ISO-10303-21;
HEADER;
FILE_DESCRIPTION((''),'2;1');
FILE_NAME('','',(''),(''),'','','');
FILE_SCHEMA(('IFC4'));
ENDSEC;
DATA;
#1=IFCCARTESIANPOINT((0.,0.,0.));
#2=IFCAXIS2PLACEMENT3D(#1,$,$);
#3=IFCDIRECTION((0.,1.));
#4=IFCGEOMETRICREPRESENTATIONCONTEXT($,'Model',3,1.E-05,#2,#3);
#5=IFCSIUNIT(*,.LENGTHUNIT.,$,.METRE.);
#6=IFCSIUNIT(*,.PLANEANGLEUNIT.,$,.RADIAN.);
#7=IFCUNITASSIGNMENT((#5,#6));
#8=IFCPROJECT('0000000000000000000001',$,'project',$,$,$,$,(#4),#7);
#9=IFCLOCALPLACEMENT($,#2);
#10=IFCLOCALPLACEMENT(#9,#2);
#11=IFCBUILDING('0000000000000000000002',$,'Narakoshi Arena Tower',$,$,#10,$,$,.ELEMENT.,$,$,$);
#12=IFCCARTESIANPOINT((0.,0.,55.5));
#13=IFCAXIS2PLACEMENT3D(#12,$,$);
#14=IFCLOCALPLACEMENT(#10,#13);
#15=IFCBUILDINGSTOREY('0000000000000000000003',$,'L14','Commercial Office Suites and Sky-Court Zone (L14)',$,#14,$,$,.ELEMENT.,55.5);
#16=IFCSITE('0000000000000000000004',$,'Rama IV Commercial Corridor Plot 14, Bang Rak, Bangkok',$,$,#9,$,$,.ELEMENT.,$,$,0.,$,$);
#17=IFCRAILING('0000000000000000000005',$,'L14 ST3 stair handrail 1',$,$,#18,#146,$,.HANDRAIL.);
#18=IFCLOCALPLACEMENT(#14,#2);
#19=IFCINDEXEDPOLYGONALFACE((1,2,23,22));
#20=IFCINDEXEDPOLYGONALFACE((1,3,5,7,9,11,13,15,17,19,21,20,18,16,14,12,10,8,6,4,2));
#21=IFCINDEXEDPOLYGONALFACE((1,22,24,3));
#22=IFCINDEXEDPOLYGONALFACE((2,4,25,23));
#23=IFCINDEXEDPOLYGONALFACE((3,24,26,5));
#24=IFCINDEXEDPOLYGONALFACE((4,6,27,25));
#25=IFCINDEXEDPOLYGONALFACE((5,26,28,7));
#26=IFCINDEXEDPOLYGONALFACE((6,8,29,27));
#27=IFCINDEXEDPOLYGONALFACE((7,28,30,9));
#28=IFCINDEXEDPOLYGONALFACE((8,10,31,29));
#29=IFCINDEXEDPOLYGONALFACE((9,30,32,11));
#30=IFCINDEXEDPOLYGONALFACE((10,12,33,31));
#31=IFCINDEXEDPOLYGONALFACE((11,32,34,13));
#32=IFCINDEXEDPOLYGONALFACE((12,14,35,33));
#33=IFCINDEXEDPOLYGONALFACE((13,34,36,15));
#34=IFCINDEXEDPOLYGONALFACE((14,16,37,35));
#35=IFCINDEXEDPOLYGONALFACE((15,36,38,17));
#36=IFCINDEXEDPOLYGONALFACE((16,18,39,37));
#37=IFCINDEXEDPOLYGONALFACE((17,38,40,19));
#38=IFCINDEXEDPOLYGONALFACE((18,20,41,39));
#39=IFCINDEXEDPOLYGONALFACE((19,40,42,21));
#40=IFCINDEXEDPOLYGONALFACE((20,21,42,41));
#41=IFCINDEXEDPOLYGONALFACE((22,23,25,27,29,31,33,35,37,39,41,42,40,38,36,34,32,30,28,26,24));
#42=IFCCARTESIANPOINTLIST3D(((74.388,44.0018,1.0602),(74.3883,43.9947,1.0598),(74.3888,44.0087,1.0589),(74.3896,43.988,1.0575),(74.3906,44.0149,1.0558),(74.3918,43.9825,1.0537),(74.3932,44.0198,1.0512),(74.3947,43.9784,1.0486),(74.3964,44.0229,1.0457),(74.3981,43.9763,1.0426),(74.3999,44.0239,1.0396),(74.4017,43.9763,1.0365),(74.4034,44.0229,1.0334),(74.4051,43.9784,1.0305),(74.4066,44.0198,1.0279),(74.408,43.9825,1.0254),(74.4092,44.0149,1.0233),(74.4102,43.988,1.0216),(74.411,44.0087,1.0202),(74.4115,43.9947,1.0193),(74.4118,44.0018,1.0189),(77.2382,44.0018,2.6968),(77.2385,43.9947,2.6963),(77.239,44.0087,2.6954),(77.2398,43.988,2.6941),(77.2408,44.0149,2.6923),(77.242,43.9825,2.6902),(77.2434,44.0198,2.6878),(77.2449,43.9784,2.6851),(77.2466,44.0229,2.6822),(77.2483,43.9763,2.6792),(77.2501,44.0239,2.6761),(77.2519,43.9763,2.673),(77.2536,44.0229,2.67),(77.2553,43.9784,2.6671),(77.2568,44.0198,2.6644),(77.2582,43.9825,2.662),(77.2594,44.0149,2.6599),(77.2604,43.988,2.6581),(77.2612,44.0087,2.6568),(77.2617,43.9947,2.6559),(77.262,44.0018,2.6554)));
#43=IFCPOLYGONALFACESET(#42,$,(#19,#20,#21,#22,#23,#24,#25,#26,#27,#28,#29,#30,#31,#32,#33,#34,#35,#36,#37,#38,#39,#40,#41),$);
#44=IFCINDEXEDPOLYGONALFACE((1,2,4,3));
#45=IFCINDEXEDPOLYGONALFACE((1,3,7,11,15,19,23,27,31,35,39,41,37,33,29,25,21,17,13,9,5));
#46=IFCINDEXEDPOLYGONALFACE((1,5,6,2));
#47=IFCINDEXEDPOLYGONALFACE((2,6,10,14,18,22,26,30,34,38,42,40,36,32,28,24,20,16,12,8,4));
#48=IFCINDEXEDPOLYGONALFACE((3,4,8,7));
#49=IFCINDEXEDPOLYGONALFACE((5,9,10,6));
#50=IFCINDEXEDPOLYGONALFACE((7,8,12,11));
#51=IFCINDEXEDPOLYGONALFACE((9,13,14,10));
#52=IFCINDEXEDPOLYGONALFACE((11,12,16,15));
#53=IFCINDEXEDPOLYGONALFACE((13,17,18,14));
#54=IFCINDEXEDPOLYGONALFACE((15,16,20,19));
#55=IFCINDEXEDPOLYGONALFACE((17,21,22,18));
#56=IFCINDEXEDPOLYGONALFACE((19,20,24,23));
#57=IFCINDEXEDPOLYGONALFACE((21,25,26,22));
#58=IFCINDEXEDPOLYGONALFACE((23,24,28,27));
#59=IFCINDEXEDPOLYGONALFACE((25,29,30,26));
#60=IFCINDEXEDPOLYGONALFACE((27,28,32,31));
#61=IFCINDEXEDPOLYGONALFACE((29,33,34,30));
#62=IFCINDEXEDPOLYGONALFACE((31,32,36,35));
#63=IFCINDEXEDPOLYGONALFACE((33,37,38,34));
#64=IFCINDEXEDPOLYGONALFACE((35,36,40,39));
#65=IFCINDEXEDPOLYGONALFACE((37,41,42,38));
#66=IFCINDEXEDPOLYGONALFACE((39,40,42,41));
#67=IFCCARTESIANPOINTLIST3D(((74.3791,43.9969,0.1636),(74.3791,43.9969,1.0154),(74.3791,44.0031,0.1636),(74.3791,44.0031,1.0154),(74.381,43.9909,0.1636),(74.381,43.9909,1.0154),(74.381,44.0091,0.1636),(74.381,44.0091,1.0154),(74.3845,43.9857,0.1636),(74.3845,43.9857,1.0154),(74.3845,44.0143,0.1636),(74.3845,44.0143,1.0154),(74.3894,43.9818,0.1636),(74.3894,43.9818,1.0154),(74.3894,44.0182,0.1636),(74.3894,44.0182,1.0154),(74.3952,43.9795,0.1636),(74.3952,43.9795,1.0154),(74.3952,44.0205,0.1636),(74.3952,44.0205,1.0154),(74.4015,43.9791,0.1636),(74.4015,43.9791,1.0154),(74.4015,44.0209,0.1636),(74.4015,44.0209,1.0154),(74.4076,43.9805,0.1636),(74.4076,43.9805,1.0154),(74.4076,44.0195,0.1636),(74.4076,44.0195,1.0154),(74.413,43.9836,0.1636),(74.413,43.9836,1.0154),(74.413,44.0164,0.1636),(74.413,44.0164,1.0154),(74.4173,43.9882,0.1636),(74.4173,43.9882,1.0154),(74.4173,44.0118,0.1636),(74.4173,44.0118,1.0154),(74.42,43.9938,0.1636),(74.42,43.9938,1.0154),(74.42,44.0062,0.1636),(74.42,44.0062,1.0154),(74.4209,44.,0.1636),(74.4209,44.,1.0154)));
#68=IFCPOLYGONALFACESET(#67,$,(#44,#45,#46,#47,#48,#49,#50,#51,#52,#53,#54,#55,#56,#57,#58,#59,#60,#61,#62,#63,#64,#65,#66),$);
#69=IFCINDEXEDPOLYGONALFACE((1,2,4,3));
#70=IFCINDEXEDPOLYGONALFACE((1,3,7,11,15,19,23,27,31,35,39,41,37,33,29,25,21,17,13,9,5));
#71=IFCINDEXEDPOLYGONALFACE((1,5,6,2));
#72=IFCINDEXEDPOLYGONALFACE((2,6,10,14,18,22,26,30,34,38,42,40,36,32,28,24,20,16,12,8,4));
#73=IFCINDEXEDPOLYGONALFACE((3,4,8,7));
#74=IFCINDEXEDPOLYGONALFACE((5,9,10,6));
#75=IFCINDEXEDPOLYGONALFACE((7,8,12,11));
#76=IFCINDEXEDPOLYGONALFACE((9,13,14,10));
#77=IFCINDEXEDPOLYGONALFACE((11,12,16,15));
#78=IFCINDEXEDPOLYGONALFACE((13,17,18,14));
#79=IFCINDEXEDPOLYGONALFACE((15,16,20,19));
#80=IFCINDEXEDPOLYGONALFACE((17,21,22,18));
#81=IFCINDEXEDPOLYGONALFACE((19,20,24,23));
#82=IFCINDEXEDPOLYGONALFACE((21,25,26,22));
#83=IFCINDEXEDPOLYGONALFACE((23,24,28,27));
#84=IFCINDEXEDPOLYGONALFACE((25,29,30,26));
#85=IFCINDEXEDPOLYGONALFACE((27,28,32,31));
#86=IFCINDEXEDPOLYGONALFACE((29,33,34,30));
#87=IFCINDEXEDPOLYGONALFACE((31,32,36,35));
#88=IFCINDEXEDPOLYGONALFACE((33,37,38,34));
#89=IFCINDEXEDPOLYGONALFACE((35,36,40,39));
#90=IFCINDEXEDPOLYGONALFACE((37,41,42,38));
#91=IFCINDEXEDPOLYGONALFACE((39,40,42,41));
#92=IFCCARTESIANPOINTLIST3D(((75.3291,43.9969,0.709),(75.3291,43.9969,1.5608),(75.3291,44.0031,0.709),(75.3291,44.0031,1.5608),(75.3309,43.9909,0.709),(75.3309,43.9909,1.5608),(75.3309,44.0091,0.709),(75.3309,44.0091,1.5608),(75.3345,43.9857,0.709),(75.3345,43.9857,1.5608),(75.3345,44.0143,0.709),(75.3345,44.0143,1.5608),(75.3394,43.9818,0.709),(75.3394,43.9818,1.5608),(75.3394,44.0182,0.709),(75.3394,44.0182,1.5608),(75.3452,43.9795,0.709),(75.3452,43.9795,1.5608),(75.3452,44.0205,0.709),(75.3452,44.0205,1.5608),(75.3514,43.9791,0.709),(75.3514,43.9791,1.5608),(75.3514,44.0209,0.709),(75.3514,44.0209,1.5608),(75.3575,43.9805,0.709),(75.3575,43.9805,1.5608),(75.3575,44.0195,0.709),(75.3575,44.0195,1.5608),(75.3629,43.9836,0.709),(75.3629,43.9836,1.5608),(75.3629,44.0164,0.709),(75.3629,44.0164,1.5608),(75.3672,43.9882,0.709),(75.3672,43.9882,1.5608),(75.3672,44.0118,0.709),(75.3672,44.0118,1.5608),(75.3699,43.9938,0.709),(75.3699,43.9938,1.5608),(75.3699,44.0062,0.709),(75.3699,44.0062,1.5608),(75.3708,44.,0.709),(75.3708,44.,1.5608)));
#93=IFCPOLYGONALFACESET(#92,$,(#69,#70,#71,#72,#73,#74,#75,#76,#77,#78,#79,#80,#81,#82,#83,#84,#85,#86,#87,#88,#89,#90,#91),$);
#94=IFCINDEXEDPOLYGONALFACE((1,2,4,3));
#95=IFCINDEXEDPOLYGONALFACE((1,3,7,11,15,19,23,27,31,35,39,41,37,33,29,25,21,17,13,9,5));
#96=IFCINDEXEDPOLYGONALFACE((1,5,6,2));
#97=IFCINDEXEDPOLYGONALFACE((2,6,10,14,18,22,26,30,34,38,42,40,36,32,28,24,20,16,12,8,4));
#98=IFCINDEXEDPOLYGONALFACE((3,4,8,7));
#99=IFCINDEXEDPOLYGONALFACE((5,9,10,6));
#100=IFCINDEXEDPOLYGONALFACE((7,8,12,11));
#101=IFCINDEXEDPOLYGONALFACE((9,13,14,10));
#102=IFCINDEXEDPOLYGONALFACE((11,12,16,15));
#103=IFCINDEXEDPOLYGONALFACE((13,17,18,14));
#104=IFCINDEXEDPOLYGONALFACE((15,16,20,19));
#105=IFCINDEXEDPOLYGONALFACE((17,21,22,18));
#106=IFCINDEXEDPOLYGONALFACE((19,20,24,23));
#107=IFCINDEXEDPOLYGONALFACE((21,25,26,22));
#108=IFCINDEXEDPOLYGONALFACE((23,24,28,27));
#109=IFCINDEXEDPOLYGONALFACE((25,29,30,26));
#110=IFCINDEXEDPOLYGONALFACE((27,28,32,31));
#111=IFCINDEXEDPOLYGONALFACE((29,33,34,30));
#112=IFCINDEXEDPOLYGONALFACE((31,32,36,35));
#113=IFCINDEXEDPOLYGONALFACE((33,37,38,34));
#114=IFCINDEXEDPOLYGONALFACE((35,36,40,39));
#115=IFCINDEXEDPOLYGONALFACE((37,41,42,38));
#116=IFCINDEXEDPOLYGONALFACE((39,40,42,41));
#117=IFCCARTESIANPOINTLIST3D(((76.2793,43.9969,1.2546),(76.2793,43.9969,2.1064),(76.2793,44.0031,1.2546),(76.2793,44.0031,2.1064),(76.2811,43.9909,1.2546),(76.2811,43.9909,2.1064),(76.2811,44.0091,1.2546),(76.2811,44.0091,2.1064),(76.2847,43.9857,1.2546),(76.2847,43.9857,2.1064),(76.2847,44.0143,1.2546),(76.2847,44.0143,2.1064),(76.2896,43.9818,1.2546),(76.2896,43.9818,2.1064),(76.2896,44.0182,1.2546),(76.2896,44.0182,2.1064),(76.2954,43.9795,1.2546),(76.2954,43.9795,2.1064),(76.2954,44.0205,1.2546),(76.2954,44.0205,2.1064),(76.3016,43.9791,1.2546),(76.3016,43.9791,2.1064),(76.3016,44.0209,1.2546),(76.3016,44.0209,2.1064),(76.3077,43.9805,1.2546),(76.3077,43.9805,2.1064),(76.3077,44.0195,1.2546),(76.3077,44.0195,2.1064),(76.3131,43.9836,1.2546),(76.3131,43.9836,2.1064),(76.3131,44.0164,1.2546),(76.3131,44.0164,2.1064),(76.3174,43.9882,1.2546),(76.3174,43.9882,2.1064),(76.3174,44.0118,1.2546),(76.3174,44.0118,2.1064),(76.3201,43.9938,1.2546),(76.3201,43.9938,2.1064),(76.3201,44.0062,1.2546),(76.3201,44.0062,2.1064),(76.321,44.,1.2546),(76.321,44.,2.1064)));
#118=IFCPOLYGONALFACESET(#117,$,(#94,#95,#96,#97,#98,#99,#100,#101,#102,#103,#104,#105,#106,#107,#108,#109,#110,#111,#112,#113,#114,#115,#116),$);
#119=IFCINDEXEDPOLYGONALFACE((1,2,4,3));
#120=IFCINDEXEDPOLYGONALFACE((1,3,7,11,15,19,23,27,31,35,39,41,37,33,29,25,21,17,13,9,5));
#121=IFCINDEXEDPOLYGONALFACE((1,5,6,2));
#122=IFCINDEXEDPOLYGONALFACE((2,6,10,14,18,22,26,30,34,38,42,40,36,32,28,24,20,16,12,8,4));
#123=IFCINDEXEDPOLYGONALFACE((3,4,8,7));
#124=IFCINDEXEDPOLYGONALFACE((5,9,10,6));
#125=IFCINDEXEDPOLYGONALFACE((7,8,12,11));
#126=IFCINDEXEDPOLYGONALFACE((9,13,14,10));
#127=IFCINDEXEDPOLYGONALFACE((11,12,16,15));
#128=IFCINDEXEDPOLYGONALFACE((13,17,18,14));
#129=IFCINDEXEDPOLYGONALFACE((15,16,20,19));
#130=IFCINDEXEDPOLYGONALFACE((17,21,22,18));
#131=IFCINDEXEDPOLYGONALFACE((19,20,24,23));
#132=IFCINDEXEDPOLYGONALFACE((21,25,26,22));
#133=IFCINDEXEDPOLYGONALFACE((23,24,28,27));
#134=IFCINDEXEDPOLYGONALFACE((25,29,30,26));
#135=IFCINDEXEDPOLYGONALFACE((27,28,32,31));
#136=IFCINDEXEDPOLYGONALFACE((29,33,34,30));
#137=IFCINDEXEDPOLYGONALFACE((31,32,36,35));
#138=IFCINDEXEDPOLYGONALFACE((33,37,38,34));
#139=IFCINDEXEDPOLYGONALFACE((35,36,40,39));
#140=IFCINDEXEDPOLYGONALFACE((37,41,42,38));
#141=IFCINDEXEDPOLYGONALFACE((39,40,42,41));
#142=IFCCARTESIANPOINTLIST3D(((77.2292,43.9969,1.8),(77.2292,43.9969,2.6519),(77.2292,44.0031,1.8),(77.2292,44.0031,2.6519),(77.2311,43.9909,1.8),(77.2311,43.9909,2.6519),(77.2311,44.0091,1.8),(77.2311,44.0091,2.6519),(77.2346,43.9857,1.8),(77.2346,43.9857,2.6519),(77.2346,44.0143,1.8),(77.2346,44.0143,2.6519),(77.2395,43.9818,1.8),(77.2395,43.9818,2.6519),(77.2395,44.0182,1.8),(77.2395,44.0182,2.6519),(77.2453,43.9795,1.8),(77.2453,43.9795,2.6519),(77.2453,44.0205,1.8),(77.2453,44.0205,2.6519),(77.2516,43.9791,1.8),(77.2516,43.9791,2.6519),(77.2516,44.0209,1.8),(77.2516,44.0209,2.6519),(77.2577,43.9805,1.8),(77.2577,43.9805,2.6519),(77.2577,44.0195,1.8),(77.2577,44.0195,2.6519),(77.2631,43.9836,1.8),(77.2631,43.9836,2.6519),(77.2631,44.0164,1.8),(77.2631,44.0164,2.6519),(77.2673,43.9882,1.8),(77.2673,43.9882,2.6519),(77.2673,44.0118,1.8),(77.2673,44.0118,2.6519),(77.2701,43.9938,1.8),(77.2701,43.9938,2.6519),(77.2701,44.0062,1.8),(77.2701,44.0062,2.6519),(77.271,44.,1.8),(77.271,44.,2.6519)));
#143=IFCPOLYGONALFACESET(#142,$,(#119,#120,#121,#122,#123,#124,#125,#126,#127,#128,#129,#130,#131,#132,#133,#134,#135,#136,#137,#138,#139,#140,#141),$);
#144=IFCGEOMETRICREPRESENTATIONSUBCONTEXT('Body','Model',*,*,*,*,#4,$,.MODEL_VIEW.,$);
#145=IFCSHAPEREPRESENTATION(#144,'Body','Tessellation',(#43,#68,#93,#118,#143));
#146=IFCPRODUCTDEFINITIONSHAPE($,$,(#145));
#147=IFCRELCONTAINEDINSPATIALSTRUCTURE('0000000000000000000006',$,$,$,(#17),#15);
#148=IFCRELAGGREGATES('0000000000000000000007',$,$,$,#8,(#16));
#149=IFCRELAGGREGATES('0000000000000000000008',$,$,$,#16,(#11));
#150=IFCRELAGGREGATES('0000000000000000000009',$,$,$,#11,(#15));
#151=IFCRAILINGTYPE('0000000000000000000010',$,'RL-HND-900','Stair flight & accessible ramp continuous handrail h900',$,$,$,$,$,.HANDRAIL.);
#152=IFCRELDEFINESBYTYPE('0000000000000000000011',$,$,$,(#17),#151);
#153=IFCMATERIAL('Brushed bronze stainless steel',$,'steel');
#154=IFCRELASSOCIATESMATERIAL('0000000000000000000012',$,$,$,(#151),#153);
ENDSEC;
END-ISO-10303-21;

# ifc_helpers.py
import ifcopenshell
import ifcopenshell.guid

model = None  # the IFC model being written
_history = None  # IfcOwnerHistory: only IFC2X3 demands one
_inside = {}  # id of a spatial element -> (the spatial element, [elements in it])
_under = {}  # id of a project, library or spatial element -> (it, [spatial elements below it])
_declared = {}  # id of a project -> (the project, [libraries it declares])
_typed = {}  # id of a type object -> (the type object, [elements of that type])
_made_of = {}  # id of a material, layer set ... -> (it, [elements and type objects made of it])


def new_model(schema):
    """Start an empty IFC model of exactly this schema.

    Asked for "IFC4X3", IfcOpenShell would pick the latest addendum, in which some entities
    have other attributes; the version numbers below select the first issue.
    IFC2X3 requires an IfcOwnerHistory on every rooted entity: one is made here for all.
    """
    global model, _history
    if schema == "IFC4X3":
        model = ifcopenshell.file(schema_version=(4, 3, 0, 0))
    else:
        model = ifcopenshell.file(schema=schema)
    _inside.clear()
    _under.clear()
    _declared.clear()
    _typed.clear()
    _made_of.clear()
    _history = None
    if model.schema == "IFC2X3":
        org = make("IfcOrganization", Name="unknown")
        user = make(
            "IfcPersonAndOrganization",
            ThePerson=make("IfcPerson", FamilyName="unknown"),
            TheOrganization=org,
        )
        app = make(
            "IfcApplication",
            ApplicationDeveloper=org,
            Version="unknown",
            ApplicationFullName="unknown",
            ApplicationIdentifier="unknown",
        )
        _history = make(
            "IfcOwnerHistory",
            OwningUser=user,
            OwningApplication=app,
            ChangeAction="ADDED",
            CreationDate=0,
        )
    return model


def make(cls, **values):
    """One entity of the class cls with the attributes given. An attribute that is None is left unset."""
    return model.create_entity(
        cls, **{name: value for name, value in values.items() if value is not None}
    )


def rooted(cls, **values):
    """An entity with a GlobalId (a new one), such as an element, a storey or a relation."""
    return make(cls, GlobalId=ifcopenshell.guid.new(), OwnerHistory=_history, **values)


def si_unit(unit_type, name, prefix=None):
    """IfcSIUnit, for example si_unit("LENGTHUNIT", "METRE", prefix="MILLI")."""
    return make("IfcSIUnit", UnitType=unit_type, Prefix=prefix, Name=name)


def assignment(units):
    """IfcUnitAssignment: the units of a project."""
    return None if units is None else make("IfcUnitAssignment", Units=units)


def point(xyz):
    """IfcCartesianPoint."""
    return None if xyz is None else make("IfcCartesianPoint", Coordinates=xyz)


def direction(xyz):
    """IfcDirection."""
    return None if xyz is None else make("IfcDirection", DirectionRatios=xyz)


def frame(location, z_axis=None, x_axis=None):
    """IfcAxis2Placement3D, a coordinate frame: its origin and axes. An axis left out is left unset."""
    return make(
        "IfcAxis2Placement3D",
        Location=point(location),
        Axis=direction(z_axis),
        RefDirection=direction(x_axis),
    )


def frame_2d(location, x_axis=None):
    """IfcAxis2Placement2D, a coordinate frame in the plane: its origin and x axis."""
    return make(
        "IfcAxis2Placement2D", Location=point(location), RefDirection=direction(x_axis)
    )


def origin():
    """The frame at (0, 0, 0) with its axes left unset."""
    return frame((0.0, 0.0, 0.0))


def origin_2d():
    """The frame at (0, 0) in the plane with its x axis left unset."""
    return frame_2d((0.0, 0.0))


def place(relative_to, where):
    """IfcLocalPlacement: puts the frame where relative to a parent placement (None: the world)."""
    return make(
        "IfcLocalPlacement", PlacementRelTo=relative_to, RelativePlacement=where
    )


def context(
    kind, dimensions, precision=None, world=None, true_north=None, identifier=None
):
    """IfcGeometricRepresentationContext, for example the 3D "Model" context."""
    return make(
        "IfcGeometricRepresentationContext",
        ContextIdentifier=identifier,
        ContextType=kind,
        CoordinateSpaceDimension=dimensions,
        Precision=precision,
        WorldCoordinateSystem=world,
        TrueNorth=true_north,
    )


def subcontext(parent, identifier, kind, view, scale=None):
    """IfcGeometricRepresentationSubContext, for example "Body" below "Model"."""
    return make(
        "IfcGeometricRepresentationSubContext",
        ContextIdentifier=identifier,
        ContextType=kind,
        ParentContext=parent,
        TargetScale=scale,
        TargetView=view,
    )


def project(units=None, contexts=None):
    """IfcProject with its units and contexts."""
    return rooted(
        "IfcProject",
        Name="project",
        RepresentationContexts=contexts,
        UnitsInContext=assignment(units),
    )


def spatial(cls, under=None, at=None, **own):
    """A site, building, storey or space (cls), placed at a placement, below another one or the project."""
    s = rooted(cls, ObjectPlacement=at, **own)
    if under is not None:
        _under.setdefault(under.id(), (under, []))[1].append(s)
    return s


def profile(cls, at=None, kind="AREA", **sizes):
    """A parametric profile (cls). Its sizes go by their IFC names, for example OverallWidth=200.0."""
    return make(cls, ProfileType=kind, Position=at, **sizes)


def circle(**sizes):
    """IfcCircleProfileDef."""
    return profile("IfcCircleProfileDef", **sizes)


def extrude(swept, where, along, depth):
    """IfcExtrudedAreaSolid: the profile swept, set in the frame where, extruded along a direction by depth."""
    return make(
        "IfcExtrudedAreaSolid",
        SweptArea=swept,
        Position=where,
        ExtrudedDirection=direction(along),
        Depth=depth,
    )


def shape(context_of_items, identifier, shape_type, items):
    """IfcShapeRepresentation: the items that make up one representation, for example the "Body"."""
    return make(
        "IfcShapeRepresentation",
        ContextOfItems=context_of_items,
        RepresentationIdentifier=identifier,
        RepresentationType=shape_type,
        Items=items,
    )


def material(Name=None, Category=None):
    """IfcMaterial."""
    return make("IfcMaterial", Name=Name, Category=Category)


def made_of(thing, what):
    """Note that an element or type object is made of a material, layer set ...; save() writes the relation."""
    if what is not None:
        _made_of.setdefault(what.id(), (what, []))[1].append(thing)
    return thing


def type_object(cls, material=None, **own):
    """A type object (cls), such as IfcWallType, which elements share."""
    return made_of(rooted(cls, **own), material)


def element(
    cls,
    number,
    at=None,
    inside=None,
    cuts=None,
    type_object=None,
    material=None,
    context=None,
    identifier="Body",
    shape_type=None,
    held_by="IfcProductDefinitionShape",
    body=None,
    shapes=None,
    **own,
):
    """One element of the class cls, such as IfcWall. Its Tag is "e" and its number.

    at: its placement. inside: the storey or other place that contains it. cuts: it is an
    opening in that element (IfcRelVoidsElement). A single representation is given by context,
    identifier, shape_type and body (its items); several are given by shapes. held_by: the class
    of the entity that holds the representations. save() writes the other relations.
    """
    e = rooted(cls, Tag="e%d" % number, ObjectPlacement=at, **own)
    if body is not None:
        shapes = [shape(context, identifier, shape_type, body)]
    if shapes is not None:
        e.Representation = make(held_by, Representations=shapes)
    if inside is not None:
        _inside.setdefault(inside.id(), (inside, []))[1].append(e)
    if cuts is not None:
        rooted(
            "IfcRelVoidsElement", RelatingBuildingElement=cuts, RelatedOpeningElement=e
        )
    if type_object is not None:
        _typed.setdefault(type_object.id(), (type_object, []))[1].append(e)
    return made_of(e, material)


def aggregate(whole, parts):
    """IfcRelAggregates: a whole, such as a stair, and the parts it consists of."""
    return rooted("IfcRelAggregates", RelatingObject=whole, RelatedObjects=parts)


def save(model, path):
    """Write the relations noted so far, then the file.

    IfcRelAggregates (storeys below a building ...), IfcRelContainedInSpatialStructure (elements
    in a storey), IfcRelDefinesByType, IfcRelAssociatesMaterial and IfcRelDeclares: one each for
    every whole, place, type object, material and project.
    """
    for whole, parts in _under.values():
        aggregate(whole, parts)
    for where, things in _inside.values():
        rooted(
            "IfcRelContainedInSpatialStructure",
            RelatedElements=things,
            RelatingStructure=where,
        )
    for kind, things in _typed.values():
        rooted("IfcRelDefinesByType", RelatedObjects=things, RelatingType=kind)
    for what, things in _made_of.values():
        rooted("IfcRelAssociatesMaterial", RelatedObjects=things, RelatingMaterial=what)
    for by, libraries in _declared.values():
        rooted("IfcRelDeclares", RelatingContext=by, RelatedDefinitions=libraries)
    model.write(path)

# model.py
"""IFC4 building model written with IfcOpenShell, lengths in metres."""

from ifc_helpers import new_model, si_unit, direction, frame, origin, origin_2d, place, context, subcontext, project, spatial, circle, extrude, material, type_object, element, save


model = new_model("IFC4")

# Units and contexts
model_context = context("Model", 3, precision=1e-05, world=origin(), true_north=direction((0.0, 1.0)))
body_context = subcontext(model_context, "Body", "Model", "MODEL_VIEW")
ifc_project = project(units=[si_unit("LENGTHUNIT", "METRE"), si_unit("PLANEANGLEUNIT", "RADIAN")], contexts=[model_context])

# Site, building, storey
site_placement = place(None, origin())
site = spatial("IfcSite", under=ifc_project, at=site_placement, Name="Rama IV Commercial Corridor Plot 14, Bang Rak, Bangkok", CompositionType="ELEMENT", RefElevation=0.0)
building_placement = place(site_placement, origin())
building = spatial("IfcBuilding", under=site, at=building_placement, Name="Narakoshi Arena Tower", CompositionType="ELEMENT")
storey_placement = place(building_placement, frame((0.0, 0.0, 55.5)))
storey = spatial("IfcBuildingStorey", under=building, at=storey_placement, Name="L14", Description="Commercial Office Suites and Sky-Court Zone (L14)", CompositionType="ELEMENT", Elevation=55.5)

# Shared definitions
ifc_material_1 = material(Name="Brushed bronze stainless steel", Category="steel")

# Railing
railing_type_1 = type_object("IfcRailingType", Name="RL-HND-900", Description="Stair flight & accessible ramp continuous handrail h900", PredefinedType="HANDRAIL", material=ifc_material_1)
railing_1_placement = place(storey_placement, frame((74.3999, 44.0, 0.1636)))
element("IfcRailing", 1, at=railing_1_placement, inside=storey, type_object=railing_type_1, Name="L14 ST3 stair handrail 1", PredefinedType="HANDRAIL", context=body_context, shape_type="SweptSolid", body=[
    extrude(circle(Radius=0.0239, at=origin_2d()), frame((0.0, 0.0, 0.876), z_axis=(0.867213, 0.0, 0.497938), x_axis=(0.0, 1.0, 0.0)), (0.0, 0.0, 1.0), 3.2866),
    extrude(circle(Radius=0.021, at=origin_2d()), origin(), (0.0, 0.0, 1.0), 0.8518),
    extrude(circle(Radius=0.021, at=origin_2d()), frame((0.95, 0.0, 0.5454)), (0.0, 0.0, 1.0), 0.8518),
    extrude(circle(Radius=0.021, at=origin_2d()), frame((1.9001, 0.0, 1.0911)), (0.0, 0.0, 1.0), 0.8518),
    extrude(circle(Radius=0.021, at=origin_2d()), frame((2.8501, 0.0, 1.6365)), (0.0, 0.0, 1.0), 0.8518),
])

save(model, "model.ifc")
